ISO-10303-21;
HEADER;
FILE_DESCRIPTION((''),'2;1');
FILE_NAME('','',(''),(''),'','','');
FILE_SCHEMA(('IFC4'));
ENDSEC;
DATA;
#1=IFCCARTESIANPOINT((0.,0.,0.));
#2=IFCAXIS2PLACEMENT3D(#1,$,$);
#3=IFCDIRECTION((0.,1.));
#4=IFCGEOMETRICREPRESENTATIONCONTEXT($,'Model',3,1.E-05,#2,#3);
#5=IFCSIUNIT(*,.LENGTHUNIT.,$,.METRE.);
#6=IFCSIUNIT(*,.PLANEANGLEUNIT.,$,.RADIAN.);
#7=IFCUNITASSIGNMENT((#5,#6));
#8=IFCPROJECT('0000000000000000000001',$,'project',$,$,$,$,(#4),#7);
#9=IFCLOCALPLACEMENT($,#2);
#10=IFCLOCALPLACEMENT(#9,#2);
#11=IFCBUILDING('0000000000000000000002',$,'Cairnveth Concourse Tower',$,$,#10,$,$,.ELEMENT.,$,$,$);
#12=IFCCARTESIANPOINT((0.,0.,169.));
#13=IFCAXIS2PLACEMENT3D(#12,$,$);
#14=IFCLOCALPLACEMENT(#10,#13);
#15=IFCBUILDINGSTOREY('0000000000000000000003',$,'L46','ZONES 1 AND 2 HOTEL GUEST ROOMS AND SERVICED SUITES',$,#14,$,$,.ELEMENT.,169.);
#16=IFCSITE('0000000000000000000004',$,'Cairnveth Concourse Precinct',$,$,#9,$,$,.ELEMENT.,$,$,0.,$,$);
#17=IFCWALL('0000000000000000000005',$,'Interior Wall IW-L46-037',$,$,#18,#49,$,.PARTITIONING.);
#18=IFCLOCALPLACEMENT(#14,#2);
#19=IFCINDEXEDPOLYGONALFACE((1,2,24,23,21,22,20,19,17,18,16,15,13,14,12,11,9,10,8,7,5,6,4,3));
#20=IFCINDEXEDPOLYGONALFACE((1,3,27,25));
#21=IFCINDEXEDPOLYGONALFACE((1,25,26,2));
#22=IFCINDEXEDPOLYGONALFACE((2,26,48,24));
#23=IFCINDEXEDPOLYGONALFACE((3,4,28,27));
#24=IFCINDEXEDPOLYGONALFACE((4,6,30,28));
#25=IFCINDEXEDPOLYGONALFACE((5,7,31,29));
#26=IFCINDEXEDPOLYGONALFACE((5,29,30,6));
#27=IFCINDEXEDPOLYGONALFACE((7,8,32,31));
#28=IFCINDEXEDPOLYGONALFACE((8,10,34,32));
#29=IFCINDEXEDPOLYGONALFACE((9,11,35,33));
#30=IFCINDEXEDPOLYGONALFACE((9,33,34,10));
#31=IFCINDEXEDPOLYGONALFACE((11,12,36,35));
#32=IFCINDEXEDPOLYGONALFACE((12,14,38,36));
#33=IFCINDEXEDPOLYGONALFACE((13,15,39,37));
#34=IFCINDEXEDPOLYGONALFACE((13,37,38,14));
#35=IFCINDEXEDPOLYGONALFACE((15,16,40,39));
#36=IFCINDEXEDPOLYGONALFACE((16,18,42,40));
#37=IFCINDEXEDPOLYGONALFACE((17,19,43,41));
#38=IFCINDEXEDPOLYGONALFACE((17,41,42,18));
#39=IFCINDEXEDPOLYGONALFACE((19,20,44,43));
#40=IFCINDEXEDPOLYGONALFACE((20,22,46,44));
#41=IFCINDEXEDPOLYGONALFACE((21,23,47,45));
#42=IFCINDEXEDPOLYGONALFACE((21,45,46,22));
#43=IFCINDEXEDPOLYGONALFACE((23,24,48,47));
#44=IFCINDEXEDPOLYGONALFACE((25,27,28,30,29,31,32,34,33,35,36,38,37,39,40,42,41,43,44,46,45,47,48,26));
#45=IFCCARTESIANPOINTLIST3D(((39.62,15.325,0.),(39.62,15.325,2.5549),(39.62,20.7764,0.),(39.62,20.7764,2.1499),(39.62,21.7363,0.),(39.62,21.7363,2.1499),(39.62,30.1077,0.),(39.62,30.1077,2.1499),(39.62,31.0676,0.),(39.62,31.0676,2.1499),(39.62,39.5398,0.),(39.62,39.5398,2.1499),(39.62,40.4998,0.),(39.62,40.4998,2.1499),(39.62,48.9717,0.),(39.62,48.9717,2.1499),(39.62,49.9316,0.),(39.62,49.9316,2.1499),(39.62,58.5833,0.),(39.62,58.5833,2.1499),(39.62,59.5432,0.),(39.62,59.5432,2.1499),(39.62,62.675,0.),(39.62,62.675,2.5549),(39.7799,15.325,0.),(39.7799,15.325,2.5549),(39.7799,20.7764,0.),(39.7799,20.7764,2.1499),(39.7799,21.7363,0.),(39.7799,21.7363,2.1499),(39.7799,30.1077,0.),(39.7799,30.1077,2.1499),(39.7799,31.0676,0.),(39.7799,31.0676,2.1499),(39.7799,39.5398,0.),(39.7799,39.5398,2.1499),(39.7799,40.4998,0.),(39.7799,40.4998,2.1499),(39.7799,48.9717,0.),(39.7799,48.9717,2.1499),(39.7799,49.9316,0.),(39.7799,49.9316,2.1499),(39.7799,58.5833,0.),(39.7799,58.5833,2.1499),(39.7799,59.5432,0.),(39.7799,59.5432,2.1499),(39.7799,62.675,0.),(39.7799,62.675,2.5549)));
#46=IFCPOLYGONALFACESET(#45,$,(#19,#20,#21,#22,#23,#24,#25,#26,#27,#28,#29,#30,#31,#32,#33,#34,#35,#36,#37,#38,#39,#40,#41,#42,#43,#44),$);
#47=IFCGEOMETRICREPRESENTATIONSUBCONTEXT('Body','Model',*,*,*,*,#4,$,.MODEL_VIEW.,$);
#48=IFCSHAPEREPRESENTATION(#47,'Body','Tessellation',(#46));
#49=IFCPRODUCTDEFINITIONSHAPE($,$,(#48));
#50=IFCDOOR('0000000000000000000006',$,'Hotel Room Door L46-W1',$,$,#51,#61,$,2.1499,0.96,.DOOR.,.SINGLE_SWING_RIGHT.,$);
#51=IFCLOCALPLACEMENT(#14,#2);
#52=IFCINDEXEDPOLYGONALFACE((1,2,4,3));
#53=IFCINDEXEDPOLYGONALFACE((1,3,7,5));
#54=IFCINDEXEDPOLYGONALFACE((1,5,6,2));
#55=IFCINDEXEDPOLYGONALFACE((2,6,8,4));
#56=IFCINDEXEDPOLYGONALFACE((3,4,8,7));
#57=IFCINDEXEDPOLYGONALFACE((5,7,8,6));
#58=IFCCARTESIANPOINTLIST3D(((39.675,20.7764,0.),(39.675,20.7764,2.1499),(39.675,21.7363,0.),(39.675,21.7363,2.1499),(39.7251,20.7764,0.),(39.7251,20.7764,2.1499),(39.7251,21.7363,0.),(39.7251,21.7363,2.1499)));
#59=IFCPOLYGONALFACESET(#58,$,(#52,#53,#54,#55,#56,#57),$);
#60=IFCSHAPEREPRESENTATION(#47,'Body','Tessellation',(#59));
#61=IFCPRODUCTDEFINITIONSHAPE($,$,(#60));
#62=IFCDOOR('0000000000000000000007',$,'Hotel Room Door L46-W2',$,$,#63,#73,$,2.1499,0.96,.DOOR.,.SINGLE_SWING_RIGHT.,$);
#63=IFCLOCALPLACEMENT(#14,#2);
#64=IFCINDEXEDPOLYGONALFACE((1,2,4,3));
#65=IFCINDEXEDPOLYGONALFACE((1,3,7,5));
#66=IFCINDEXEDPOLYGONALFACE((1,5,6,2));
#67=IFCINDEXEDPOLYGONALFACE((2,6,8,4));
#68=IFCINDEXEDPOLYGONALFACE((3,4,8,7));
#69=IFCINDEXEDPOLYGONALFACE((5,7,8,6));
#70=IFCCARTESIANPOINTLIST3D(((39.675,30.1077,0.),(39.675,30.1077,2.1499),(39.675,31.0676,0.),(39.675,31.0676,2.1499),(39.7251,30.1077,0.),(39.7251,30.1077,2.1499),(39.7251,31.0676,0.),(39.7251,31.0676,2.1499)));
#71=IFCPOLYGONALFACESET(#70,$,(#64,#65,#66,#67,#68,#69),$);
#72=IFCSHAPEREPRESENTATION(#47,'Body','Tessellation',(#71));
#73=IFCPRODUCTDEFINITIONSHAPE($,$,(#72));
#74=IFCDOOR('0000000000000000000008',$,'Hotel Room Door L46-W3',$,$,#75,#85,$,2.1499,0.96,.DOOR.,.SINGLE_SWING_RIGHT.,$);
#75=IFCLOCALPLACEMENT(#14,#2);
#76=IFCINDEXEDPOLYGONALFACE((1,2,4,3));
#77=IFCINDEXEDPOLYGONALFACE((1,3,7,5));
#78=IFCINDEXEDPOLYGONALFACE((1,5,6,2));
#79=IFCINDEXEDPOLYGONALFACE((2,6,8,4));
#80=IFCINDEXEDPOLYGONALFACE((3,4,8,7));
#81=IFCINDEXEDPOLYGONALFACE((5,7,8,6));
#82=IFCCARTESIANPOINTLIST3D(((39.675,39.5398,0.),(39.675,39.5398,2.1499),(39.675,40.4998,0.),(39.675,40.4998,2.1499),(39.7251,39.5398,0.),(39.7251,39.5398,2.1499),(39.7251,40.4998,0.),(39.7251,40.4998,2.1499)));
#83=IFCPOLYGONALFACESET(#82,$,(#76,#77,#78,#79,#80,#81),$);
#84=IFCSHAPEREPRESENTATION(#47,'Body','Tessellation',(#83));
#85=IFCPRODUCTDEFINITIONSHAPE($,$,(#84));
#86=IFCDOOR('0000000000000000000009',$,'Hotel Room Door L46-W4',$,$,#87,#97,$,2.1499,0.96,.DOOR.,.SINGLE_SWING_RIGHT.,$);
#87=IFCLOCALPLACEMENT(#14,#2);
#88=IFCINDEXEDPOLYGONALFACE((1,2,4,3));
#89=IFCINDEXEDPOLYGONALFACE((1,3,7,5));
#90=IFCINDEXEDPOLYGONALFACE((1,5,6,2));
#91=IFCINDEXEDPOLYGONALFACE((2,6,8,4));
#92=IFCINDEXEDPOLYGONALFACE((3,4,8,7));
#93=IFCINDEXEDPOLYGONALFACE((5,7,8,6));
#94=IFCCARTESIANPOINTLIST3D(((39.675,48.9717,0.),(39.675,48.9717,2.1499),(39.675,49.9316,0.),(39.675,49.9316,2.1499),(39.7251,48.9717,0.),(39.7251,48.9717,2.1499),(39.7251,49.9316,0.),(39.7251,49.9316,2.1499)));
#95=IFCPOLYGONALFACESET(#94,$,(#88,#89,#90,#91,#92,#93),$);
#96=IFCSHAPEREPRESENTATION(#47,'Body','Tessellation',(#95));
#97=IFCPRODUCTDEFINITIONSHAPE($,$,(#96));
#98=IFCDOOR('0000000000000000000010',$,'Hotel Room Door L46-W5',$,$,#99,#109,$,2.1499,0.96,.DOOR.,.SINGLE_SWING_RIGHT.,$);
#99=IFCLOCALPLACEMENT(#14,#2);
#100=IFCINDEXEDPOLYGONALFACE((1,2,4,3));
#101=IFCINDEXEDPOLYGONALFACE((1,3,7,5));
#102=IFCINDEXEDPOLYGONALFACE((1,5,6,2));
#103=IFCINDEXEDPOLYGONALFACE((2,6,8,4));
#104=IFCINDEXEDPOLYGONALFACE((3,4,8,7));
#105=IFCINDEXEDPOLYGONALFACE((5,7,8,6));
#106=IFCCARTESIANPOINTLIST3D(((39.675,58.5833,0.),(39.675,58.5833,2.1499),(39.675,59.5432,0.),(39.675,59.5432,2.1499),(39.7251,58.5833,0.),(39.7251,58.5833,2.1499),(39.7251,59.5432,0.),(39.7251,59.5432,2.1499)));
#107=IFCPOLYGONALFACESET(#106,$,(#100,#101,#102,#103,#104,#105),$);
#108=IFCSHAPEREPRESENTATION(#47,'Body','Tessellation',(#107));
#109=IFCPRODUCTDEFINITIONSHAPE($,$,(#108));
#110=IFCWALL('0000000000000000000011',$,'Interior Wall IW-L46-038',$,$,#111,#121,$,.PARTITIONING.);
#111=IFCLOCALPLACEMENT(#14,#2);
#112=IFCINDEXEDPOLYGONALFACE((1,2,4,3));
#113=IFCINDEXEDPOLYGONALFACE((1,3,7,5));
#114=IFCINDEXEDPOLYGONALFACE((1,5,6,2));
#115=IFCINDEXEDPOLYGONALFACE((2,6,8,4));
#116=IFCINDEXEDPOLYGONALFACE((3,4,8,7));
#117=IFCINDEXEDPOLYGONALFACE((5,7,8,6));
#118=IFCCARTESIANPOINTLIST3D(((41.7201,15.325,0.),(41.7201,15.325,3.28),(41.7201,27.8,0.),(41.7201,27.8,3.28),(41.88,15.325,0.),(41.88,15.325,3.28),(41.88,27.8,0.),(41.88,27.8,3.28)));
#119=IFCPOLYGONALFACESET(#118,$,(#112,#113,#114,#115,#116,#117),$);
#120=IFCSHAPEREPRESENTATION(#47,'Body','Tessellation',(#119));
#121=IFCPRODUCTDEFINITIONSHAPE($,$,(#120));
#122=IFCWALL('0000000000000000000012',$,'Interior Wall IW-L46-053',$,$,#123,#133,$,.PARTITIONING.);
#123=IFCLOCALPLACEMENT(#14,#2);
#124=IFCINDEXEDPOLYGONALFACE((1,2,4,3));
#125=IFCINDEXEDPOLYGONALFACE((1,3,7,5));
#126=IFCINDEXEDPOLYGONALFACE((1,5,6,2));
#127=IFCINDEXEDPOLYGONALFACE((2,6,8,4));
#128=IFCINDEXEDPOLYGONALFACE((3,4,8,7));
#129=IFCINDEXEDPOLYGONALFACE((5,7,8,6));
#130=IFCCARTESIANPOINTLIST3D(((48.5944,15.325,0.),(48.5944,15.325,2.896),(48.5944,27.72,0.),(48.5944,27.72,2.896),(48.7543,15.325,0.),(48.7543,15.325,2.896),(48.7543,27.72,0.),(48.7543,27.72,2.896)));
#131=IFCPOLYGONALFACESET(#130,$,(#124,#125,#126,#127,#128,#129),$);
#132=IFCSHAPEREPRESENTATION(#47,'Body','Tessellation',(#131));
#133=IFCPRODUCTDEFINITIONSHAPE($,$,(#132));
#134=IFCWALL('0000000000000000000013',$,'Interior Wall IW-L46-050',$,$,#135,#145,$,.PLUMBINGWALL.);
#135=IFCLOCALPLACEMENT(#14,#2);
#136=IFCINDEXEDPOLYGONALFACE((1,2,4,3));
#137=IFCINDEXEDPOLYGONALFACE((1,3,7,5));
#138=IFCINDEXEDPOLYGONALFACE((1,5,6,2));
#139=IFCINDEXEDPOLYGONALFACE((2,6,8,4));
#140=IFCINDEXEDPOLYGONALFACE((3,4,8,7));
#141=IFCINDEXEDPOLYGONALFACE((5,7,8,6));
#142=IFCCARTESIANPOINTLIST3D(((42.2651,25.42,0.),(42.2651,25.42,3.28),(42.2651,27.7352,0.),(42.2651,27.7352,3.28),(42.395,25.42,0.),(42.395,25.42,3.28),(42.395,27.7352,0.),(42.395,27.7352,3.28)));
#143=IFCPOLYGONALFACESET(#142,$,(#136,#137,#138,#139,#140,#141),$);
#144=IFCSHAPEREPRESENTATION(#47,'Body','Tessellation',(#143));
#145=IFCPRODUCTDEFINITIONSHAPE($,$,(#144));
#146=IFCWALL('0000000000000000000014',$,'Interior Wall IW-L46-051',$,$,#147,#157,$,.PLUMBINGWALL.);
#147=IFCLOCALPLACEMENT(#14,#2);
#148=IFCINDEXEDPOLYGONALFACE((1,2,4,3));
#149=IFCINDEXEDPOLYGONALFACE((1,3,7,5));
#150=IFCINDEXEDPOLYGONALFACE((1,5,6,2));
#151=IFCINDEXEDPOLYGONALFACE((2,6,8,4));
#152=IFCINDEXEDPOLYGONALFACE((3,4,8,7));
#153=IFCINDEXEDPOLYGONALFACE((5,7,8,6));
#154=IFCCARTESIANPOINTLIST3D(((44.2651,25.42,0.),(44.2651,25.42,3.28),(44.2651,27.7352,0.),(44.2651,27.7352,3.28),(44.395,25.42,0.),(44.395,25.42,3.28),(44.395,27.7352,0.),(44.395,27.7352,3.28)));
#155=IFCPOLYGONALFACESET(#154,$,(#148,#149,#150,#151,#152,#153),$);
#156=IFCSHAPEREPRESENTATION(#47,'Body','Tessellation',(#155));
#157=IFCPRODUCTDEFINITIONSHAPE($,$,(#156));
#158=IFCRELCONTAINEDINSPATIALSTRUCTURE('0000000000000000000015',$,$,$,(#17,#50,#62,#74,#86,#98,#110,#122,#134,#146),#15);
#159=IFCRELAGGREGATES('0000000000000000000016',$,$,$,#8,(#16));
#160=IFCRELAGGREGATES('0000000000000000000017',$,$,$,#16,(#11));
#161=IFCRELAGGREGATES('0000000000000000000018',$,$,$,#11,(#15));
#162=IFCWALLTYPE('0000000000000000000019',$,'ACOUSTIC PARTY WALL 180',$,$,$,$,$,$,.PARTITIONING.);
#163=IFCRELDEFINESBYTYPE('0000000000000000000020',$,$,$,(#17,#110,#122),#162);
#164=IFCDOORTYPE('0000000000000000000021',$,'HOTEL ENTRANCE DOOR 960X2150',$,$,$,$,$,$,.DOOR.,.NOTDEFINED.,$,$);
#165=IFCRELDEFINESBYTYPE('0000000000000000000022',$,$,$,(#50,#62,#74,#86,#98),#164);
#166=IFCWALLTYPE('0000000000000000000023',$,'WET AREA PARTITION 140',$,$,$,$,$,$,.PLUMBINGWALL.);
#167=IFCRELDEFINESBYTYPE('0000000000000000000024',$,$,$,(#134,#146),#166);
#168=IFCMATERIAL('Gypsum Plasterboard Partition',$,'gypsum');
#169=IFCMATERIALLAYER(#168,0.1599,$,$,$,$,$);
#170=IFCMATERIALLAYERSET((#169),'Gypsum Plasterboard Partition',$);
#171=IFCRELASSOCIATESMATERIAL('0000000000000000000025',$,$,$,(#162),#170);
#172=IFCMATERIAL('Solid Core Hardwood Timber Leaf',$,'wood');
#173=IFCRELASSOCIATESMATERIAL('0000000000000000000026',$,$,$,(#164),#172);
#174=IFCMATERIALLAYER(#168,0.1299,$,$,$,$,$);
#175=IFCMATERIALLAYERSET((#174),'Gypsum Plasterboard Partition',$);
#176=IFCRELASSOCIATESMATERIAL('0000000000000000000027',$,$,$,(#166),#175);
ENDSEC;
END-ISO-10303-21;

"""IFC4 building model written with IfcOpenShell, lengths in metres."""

from ifc_helpers import new_model, si_unit, direction, frame, frame_2d, origin, place, context, subcontext, project, spatial, rectangle, extrude, material, layer, layer_set, type_object, element, fill, save


model = new_model("IFC4")

# Units and contexts
model_context = context("Model", 3, precision=1e-05, world=origin(), true_north=direction((0.0, 1.0)))
body_context = subcontext(model_context, "Body", "Model", "MODEL_VIEW")
ifc_project = project(units=[si_unit("LENGTHUNIT", "METRE"), si_unit("PLANEANGLEUNIT", "RADIAN")], contexts=[model_context])

# Site, building, storey
site_placement = place(None, origin())
site = spatial("IfcSite", under=ifc_project, at=site_placement, Name="Cairnveth Concourse Precinct", CompositionType="ELEMENT", RefElevation=0.0)
building_placement = place(site_placement, origin())
building = spatial("IfcBuilding", under=site, at=building_placement, Name="Cairnveth Concourse Tower", CompositionType="ELEMENT")
storey_placement = place(building_placement, frame((0.0, 0.0, 169.0)))
storey = spatial("IfcBuildingStorey", under=building, at=storey_placement, Name="L46", Description="ZONES 1 AND 2 HOTEL GUEST ROOMS AND SERVICED SUITES", CompositionType="ELEMENT", Elevation=169.0)

# Wall, openings, doors
ifc_material_1 = material(Name="Gypsum Plasterboard Partition", Category="gypsum")
ifc_layer_1 = layer(ifc_material_1, 0.1599)
ifc_layer_set_1 = layer_set([ifc_layer_1], Name="Gypsum Plasterboard Partition")
wall_type_1 = type_object("IfcWallType", Name="ACOUSTIC PARTY WALL 180", PredefinedType="PARTITIONING", material=ifc_layer_set_1)
wall_1_placement = place(storey_placement, frame((39.7, 15.325, 0.0), z_axis=(0.0, 0.0, 1.0), x_axis=(0.0, 1.0, 0.0)))
wall_1 = element("IfcWall", 1, at=wall_1_placement, inside=storey, type_object=wall_type_1, Name="Interior Wall IW-L46-037", PredefinedType="PARTITIONING", context=body_context, shape_type="SweptSolid", body=[
    extrude(rectangle(XDim=47.3501, YDim=0.1599, at=frame_2d((23.675, 0.0))), origin(), (0.0, 0.0, 1.0), 2.5549),
])
opening_1_placement = place(wall_1_placement, frame((5.4514, 0.0, 0.0)))
opening_1 = element("IfcOpeningElement", 2, at=opening_1_placement, cuts=wall_1, PredefinedType="OPENING", context=body_context, shape_type="SweptSolid", body=[
    extrude(rectangle(XDim=0.96, YDim=2.1499, at=frame_2d((0.48, 1.075))), frame((0.0, 0.0898, 0.0), z_axis=(0.0, -1.0, 0.0), x_axis=(1.0, 0.0, 0.0)), (0.0, 0.0, 1.0), 0.1799),
])
opening_2_placement = place(wall_1_placement, frame((14.7827, 0.0, 0.0)))
opening_2 = element("IfcOpeningElement", 3, at=opening_2_placement, cuts=wall_1, PredefinedType="OPENING", context=body_context, shape_type="SweptSolid", body=[
    extrude(rectangle(XDim=0.96, YDim=2.1499, at=frame_2d((0.48, 1.075))), frame((0.0, 0.0898, 0.0), z_axis=(0.0, -1.0, 0.0), x_axis=(1.0, 0.0, 0.0)), (0.0, 0.0, 1.0), 0.1799),
])
opening_3_placement = place(wall_1_placement, frame((24.2148, 0.0, 0.0)))
opening_3 = element("IfcOpeningElement", 4, at=opening_3_placement, cuts=wall_1, PredefinedType="OPENING", context=body_context, shape_type="SweptSolid", body=[
    extrude(rectangle(XDim=0.96, YDim=2.1499, at=frame_2d((0.48, 1.075))), frame((0.0, 0.0898, 0.0), z_axis=(0.0, -1.0, 0.0), x_axis=(1.0, 0.0, 0.0)), (0.0, 0.0, 1.0), 0.1799),
])
opening_4_placement = place(wall_1_placement, frame((33.6467, 0.0, 0.0)))
opening_4 = element("IfcOpeningElement", 5, at=opening_4_placement, cuts=wall_1, PredefinedType="OPENING", context=body_context, shape_type="SweptSolid", body=[
    extrude(rectangle(XDim=0.96, YDim=2.1499, at=frame_2d((0.48, 1.075))), frame((0.0, 0.0898, 0.0), z_axis=(0.0, -1.0, 0.0), x_axis=(1.0, 0.0, 0.0)), (0.0, 0.0, 1.0), 0.1799),
])
opening_5_placement = place(wall_1_placement, frame((43.2583, 0.0, 0.0)))
opening_5 = element("IfcOpeningElement", 6, at=opening_5_placement, cuts=wall_1, PredefinedType="OPENING", context=body_context, shape_type="SweptSolid", body=[
    extrude(rectangle(XDim=0.96, YDim=2.1499, at=frame_2d((0.48, 1.075))), frame((0.0, 0.0898, 0.0), z_axis=(0.0, -1.0, 0.0), x_axis=(1.0, 0.0, 0.0)), (0.0, 0.0, 1.0), 0.1799),
])
ifc_material_2 = material(Name="Solid Core Hardwood Timber Leaf", Category="wood")
door_type_1 = type_object("IfcDoorType", Name="HOTEL ENTRANCE DOOR 960X2150", OperationType="NOTDEFINED", PredefinedType="DOOR", material=ifc_material_2)
door_1_placement = place(opening_1_placement, origin())
door_1 = element("IfcDoor", 7, at=door_1_placement, inside=storey, type_object=door_type_1, Name="Hotel Room Door L46-W1", OperationType="SINGLE_SWING_RIGHT", OverallHeight=2.1499, OverallWidth=0.96, PredefinedType="DOOR", context=body_context, shape_type="SweptSolid", body=[
    extrude(rectangle(XDim=0.96, YDim=2.1499, at=frame_2d((0.48, 1.075))), frame((0.0, 0.0249, 0.0), z_axis=(0.0, -1.0, 0.0), x_axis=(1.0, 0.0, 0.0)), (0.0, 0.0, 1.0), 0.05),
])
fill(opening_1, door_1)
door_2_placement = place(opening_2_placement, origin())
door_2 = element("IfcDoor", 8, at=door_2_placement, inside=storey, type_object=door_type_1, Name="Hotel Room Door L46-W2", OperationType="SINGLE_SWING_RIGHT", OverallHeight=2.1499, OverallWidth=0.96, PredefinedType="DOOR", context=body_context, shape_type="SweptSolid", body=[
    extrude(rectangle(XDim=0.96, YDim=2.1499, at=frame_2d((0.48, 1.075))), frame((0.0, 0.0249, 0.0), z_axis=(0.0, -1.0, 0.0), x_axis=(1.0, 0.0, 0.0)), (0.0, 0.0, 1.0), 0.05),
])
fill(opening_2, door_2)
door_3_placement = place(opening_3_placement, origin())
door_3 = element("IfcDoor", 9, at=door_3_placement, inside=storey, type_object=door_type_1, Name="Hotel Room Door L46-W3", OperationType="SINGLE_SWING_RIGHT", OverallHeight=2.1499, OverallWidth=0.96, PredefinedType="DOOR", context=body_context, shape_type="SweptSolid", body=[
    extrude(rectangle(XDim=0.96, YDim=2.1499, at=frame_2d((0.48, 1.075))), frame((0.0, 0.0249, 0.0), z_axis=(0.0, -1.0, 0.0), x_axis=(1.0, 0.0, 0.0)), (0.0, 0.0, 1.0), 0.05),
])
fill(opening_3, door_3)
door_4_placement = place(opening_4_placement, origin())
door_4 = element("IfcDoor", 10, at=door_4_placement, inside=storey, type_object=door_type_1, Name="Hotel Room Door L46-W4", OperationType="SINGLE_SWING_RIGHT", OverallHeight=2.1499, OverallWidth=0.96, PredefinedType="DOOR", context=body_context, shape_type="SweptSolid", body=[
    extrude(rectangle(XDim=0.96, YDim=2.1499, at=frame_2d((0.48, 1.075))), frame((0.0, 0.0249, 0.0), z_axis=(0.0, -1.0, 0.0), x_axis=(1.0, 0.0, 0.0)), (0.0, 0.0, 1.0), 0.05),
])
fill(opening_4, door_4)
door_5_placement = place(opening_5_placement, origin())
door_5 = element("IfcDoor", 11, at=door_5_placement, inside=storey, type_object=door_type_1, Name="Hotel Room Door L46-W5", OperationType="SINGLE_SWING_RIGHT", OverallHeight=2.1499, OverallWidth=0.96, PredefinedType="DOOR", context=body_context, shape_type="SweptSolid", body=[
    extrude(rectangle(XDim=0.96, YDim=2.1499, at=frame_2d((0.48, 1.075))), frame((0.0, 0.0249, 0.0), z_axis=(0.0, -1.0, 0.0), x_axis=(1.0, 0.0, 0.0)), (0.0, 0.0, 1.0), 0.05),
])
fill(opening_5, door_5)

# Walls
wall_2_placement = place(storey_placement, frame((41.8, 15.325, 0.0), z_axis=(0.0, 0.0, 1.0), x_axis=(0.0, 1.0, 0.0)))
element("IfcWall", 12, at=wall_2_placement, inside=storey, type_object=wall_type_1, Name="Interior Wall IW-L46-038", PredefinedType="PARTITIONING", context=body_context, shape_type="SweptSolid", body=[
    extrude(rectangle(XDim=12.4751, YDim=0.1599, at=frame_2d((6.2375, 0.0))), origin(), (0.0, 0.0, 1.0), 3.28),
])
wall_3_placement = place(storey_placement, frame((48.6743, 15.325, 0.0), z_axis=(0.0, 0.0, 1.0), x_axis=(0.0, 1.0, 0.0)))
element("IfcWall", 13, at=wall_3_placement, inside=storey, type_object=wall_type_1, Name="Interior Wall IW-L46-053", PredefinedType="PARTITIONING", context=body_context, shape_type="SweptSolid", body=[
    extrude(rectangle(XDim=12.395, YDim=0.1599, at=frame_2d((6.1975, 0.0))), origin(), (0.0, 0.0, 1.0), 2.896),
])
ifc_layer_2 = layer(ifc_material_1, 0.1299)
ifc_layer_set_2 = layer_set([ifc_layer_2], Name="Gypsum Plasterboard Partition")
wall_type_2 = type_object("IfcWallType", Name="WET AREA PARTITION 140", PredefinedType="PLUMBINGWALL", material=ifc_layer_set_2)
for number, where, z_axis, x_axis, name in (
    (14, (42.3301, 25.4199, 0.0), (0.0, 0.0, 1.0), (0.0, 1.0, 0.0), "Interior Wall IW-L46-050"),
    (15, (44.3301, 25.4199, 0.0), (0.0, 0.0, 1.0), (0.0, 1.0, 0.0), "Interior Wall IW-L46-051"),
):
    element("IfcWall", number, at=place(storey_placement, frame(where, z_axis=z_axis, x_axis=x_axis)), inside=storey, type_object=wall_type_2, Name=name, PredefinedType="PLUMBINGWALL", context=body_context, shape_type="SweptSolid", body=[
        extrude(rectangle(XDim=2.3152, YDim=0.1299, at=frame_2d((1.1577, 0.0))), origin(), (0.0, 0.0, 1.0), 3.28),
    ])

save(model, "model.ifc")
